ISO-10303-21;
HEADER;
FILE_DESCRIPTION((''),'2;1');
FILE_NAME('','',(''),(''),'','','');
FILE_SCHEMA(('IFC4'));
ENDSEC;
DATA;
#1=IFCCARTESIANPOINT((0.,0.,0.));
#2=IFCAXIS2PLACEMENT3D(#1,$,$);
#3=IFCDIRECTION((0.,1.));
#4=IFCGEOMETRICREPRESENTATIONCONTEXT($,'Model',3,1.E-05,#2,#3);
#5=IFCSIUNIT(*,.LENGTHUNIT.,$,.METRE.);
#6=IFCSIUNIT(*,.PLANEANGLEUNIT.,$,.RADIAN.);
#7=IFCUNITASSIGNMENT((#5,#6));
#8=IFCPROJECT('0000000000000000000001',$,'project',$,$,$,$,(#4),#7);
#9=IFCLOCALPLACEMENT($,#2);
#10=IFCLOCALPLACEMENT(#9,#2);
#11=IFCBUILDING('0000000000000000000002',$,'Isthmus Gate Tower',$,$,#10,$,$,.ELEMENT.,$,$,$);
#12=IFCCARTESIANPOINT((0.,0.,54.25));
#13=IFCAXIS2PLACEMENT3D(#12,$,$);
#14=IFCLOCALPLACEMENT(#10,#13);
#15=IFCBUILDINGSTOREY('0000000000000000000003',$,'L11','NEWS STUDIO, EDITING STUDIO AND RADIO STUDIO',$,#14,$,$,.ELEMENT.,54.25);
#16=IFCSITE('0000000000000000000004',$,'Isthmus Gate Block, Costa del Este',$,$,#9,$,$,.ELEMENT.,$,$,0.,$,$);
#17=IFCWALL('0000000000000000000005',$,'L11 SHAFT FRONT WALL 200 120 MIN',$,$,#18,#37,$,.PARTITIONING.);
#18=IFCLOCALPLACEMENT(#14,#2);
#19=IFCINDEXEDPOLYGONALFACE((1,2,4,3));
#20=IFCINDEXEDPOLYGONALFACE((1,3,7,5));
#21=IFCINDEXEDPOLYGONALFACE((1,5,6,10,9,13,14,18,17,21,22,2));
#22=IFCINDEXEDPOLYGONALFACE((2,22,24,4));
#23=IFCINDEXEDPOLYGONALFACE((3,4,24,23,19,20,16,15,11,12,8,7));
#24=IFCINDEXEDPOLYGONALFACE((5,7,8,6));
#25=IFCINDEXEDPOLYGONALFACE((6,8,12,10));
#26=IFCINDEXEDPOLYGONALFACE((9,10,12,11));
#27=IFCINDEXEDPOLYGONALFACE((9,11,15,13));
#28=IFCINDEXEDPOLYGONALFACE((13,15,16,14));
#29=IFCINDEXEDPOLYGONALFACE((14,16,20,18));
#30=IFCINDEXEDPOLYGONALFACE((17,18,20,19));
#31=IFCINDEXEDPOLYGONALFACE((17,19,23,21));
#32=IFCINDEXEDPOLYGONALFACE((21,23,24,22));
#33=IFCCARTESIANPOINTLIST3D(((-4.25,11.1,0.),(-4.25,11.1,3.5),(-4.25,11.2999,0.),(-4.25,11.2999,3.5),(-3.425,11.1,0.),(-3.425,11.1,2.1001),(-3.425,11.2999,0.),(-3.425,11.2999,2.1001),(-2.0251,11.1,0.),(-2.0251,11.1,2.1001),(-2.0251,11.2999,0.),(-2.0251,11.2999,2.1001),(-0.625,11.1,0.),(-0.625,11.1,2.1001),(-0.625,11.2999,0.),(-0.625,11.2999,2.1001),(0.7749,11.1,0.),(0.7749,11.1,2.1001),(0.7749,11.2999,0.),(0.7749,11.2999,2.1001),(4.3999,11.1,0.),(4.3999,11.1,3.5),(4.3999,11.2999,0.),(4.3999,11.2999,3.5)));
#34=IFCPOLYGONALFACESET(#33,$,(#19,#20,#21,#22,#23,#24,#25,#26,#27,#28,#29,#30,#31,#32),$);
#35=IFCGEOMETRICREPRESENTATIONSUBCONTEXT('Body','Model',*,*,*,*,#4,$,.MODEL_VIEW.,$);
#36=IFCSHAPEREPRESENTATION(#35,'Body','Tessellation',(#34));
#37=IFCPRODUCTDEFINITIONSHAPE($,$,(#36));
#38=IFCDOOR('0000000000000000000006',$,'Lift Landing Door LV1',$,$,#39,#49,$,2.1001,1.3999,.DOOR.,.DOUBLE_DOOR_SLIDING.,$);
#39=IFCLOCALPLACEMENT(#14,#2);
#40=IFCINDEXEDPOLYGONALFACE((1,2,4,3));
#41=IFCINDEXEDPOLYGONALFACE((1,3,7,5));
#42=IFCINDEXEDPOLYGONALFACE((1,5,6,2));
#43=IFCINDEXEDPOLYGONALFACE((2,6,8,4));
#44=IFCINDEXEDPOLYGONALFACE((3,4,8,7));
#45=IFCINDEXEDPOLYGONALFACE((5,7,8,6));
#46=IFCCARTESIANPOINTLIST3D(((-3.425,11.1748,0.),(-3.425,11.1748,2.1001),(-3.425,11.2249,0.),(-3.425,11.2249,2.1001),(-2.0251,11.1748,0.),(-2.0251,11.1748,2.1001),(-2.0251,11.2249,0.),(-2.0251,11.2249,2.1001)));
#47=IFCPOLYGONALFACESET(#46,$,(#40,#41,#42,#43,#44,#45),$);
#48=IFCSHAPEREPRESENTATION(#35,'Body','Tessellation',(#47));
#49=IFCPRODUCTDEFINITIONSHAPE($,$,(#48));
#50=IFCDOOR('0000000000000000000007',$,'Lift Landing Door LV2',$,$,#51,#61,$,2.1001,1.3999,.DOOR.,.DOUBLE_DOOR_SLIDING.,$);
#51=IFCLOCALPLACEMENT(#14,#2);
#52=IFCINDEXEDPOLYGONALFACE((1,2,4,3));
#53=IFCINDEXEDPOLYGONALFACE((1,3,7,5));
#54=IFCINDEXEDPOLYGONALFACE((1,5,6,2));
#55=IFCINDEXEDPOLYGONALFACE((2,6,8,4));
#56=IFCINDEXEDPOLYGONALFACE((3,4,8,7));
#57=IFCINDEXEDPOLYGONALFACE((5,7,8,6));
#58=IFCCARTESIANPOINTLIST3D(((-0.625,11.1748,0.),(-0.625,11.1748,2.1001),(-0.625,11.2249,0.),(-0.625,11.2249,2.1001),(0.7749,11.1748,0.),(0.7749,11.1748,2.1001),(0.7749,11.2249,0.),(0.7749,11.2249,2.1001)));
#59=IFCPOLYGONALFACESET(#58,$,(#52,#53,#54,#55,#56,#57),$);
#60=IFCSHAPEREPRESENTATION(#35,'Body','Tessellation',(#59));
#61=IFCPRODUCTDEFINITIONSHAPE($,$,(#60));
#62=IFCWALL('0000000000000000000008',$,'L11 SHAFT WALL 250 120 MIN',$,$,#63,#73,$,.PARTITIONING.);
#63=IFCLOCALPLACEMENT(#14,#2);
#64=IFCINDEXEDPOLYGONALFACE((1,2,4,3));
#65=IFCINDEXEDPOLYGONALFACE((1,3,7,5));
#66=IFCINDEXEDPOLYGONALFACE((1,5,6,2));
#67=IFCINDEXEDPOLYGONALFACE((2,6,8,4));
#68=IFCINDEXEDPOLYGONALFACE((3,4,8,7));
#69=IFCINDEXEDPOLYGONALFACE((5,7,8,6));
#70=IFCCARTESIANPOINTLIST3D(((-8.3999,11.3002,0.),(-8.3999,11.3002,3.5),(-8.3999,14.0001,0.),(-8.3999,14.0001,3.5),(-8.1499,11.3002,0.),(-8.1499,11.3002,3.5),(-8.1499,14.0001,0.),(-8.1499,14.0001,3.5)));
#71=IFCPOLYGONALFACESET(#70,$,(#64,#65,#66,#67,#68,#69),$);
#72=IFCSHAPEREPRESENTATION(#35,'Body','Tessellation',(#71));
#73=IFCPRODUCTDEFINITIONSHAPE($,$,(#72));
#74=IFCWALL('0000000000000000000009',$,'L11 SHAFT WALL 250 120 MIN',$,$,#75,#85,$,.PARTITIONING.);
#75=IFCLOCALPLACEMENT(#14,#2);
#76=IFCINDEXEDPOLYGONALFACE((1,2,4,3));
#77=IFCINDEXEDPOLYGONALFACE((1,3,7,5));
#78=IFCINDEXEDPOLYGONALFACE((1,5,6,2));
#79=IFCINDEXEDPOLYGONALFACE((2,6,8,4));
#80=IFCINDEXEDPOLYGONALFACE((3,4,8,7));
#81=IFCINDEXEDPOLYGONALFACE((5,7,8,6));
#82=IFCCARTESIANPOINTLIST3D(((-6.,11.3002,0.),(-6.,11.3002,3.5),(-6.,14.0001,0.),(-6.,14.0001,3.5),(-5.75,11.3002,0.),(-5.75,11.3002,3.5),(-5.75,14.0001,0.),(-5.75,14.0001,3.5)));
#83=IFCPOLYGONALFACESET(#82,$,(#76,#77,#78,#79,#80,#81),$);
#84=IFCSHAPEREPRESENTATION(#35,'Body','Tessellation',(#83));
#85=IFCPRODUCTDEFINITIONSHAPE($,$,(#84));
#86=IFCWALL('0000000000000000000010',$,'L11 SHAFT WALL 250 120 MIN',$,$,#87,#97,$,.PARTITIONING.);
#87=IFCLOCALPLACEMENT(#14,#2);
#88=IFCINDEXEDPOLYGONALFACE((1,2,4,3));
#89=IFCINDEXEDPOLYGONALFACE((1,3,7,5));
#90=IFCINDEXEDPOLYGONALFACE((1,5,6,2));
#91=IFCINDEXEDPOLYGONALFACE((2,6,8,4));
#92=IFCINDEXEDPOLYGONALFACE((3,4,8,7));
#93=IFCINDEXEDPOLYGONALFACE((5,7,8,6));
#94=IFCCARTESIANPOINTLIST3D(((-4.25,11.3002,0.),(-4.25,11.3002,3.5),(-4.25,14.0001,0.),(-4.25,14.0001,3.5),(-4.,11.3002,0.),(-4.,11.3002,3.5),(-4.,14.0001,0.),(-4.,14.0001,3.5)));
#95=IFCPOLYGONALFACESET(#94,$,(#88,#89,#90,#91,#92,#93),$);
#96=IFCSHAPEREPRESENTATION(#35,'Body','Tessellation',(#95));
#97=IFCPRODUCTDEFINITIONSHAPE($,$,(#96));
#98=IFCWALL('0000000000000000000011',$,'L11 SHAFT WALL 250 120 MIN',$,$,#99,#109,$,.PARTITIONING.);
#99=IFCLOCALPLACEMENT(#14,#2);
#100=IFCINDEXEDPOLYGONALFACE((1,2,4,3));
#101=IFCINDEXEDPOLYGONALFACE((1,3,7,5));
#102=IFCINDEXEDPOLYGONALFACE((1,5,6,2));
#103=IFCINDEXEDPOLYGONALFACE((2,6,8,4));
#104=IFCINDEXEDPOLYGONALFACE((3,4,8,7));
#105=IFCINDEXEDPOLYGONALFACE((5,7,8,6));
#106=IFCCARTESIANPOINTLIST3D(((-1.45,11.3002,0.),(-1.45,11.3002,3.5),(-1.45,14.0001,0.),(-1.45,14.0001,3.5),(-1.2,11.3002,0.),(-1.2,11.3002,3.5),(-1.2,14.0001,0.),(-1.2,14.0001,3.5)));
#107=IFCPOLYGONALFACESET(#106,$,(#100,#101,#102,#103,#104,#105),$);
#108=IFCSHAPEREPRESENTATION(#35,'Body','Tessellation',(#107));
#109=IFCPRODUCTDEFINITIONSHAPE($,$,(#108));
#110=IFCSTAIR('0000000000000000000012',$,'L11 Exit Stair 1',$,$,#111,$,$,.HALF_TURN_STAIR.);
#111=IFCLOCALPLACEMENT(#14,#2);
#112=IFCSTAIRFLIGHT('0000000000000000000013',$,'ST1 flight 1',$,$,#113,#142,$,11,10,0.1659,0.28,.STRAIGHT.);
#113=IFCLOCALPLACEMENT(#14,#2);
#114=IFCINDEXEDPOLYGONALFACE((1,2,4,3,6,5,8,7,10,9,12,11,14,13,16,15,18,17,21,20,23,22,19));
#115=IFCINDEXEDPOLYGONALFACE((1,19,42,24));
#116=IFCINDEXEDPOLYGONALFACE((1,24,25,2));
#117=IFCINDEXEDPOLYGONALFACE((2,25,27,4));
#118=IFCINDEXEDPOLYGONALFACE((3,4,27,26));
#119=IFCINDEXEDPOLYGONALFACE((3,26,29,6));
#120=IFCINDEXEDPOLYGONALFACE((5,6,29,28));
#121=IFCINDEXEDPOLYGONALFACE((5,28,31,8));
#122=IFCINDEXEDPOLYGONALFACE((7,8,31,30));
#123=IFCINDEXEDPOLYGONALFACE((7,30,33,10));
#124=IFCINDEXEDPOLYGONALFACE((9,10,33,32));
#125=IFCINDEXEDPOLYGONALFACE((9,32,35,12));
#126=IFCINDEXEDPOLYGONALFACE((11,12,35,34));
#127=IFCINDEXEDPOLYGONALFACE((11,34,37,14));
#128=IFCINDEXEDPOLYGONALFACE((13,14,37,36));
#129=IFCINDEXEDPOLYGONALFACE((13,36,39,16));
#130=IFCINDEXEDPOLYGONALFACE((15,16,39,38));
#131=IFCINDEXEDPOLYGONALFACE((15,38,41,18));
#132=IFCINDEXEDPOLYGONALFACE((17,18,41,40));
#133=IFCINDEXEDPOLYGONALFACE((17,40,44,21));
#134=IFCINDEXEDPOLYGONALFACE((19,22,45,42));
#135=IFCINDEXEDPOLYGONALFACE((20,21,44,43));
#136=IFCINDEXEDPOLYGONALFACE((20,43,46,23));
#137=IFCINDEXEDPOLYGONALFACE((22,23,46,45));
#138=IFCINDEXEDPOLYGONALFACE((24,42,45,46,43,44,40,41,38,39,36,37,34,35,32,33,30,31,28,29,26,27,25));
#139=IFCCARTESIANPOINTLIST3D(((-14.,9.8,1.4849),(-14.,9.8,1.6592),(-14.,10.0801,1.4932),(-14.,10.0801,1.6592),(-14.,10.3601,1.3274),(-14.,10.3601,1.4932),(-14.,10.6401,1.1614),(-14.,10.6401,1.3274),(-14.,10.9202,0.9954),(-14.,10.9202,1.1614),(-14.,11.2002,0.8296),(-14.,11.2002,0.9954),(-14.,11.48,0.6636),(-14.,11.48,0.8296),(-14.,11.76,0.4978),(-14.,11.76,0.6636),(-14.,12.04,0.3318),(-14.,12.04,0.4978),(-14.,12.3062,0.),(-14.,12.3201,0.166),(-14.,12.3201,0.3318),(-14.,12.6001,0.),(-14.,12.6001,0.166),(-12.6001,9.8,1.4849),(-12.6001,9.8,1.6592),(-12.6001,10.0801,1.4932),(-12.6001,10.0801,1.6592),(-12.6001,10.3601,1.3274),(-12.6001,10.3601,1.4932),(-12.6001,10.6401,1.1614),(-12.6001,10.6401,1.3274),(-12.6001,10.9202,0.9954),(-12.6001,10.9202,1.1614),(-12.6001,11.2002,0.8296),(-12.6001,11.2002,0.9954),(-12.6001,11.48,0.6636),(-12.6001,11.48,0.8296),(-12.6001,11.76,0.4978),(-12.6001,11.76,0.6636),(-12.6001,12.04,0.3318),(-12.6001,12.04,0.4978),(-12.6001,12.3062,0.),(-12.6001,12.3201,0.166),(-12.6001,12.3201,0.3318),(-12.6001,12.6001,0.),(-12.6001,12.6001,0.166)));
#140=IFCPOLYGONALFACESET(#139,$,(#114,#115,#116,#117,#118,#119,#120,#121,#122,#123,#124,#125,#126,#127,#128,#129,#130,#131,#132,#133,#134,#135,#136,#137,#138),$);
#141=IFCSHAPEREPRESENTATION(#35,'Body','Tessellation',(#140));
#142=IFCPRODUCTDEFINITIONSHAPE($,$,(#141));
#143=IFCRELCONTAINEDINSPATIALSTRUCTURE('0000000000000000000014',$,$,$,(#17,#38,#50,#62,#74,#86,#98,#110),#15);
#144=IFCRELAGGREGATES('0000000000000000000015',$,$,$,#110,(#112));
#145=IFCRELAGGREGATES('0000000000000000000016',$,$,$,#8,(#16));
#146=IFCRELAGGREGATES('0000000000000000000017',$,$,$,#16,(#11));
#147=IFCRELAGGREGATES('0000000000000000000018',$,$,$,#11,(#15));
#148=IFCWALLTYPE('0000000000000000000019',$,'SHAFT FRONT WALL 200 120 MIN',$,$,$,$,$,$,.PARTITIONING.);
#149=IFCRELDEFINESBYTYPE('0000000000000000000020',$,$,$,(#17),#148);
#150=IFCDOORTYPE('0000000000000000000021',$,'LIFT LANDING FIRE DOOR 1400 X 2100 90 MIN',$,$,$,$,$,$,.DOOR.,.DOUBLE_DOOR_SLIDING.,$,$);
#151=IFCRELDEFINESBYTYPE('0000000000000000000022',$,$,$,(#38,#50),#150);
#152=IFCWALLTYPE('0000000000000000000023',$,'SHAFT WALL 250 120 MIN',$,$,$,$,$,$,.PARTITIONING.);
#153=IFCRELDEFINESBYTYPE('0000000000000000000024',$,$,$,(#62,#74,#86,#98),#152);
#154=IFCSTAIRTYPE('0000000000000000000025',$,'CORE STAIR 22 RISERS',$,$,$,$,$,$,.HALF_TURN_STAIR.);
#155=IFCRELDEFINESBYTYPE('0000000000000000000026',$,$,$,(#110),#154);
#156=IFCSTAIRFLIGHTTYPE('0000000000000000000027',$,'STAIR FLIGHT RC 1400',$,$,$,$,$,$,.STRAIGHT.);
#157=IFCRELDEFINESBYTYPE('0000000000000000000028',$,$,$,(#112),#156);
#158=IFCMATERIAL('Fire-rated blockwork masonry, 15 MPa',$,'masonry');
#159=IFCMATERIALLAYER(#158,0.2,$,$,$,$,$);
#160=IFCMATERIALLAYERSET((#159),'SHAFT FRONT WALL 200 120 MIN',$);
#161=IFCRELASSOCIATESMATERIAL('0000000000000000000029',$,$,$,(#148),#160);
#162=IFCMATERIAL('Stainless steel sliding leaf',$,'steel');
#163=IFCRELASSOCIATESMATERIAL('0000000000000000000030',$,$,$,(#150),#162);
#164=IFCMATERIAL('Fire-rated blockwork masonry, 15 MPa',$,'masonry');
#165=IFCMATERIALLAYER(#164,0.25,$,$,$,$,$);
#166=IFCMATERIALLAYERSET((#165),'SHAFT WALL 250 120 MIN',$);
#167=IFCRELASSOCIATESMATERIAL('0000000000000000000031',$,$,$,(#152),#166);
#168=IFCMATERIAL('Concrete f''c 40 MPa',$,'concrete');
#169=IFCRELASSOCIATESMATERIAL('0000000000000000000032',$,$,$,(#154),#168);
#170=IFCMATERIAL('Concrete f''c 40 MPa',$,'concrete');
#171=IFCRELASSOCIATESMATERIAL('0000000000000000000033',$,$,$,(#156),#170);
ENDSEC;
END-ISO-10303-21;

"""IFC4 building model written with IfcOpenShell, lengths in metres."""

from ifc_helpers import new_model, si_unit, direction, frame, frame_2d, origin, place, context, subcontext, project, spatial, polyline, rectangle, outline, extrude, material, layer, layer_set, type_object, element, fill, aggregate, save


model = new_model("IFC4")

# Units and contexts
model_context = context("Model", 3, precision=1e-05, world=origin(), true_north=direction((0.0, 1.0)))
body_context = subcontext(model_context, "Body", "Model", "MODEL_VIEW")
ifc_project = project(units=[si_unit("LENGTHUNIT", "METRE"), si_unit("PLANEANGLEUNIT", "RADIAN")], contexts=[model_context])

# Site, building, storey
site_placement = place(None, origin())
site = spatial("IfcSite", under=ifc_project, at=site_placement, Name="Isthmus Gate Block, Costa del Este", CompositionType="ELEMENT", RefElevation=0.0)
building_placement = place(site_placement, origin())
building = spatial("IfcBuilding", under=site, at=building_placement, Name="Isthmus Gate Tower", CompositionType="ELEMENT")
storey_placement = place(building_placement, frame((0.0, 0.0, 54.25)))
storey = spatial("IfcBuildingStorey", under=building, at=storey_placement, Name="L11", Description="NEWS STUDIO, EDITING STUDIO AND RADIO STUDIO", CompositionType="ELEMENT", Elevation=54.25)

# Wall, openings, doors
ifc_material_1 = material(Name="Fire-rated blockwork masonry, 15 MPa", Category="masonry")
ifc_layer_1 = layer(ifc_material_1, 0.2)
ifc_layer_set_1 = layer_set([ifc_layer_1], Name="SHAFT FRONT WALL 200 120 MIN")
wall_type_1 = type_object("IfcWallType", Name="SHAFT FRONT WALL 200 120 MIN", PredefinedType="PARTITIONING", material=ifc_layer_set_1)
wall_1_placement = place(storey_placement, frame((-4.25, 11.2, 0.0), z_axis=(0.0, 0.0, 1.0), x_axis=(1.0, 0.0, 0.0)))
wall_1 = element("IfcWall", 1, at=wall_1_placement, inside=storey, type_object=wall_type_1, Name="L11 SHAFT FRONT WALL 200 120 MIN", PredefinedType="PARTITIONING", context=body_context, shape_type="SweptSolid", body=[
    extrude(rectangle(XDim=8.6499, YDim=0.2, at=frame_2d((4.325, 0.0))), origin(), (0.0, 0.0, 1.0), 3.5),
])
opening_1_placement = place(wall_1_placement, frame((0.825, 0.0, 0.0)))
opening_1 = element("IfcOpeningElement", 2, at=opening_1_placement, cuts=wall_1, PredefinedType="OPENING", context=body_context, shape_type="SweptSolid", body=[
    extrude(rectangle(XDim=1.3999, YDim=2.1001, at=frame_2d((0.7, 1.05))), frame((0.0, 0.1099, 0.0), z_axis=(0.0, -1.0, 0.0), x_axis=(1.0, 0.0, 0.0)), (0.0, 0.0, 1.0), 0.22),
])
opening_2_placement = place(wall_1_placement, frame((3.625, 0.0, 0.0)))
opening_2 = element("IfcOpeningElement", 3, at=opening_2_placement, cuts=wall_1, PredefinedType="OPENING", context=body_context, shape_type="SweptSolid", body=[
    extrude(rectangle(XDim=1.3999, YDim=2.1001, at=frame_2d((0.7, 1.05))), frame((0.0, 0.1099, 0.0), z_axis=(0.0, -1.0, 0.0), x_axis=(1.0, 0.0, 0.0)), (0.0, 0.0, 1.0), 0.22),
])
ifc_material_2 = material(Name="Stainless steel sliding leaf", Category="steel")
door_type_1 = type_object("IfcDoorType", Name="LIFT LANDING FIRE DOOR 1400 X 2100 90 MIN", OperationType="DOUBLE_DOOR_SLIDING", PredefinedType="DOOR", material=ifc_material_2)
door_1_placement = place(opening_1_placement, origin())
door_1 = element("IfcDoor", 4, at=door_1_placement, inside=storey, type_object=door_type_1, Name="Lift Landing Door LV1", OperationType="DOUBLE_DOOR_SLIDING", OverallHeight=2.1001, OverallWidth=1.3999, PredefinedType="DOOR", context=body_context, shape_type="SweptSolid", body=[
    extrude(rectangle(XDim=1.3999, YDim=2.1001, at=frame_2d((0.7, 1.05))), frame((0.0, 0.0249, 0.0), z_axis=(0.0, -1.0, 0.0), x_axis=(1.0, 0.0, 0.0)), (0.0, 0.0, 1.0), 0.05),
])
fill(opening_1, door_1)
door_2_placement = place(opening_2_placement, origin())
door_2 = element("IfcDoor", 5, at=door_2_placement, inside=storey, type_object=door_type_1, Name="Lift Landing Door LV2", OperationType="DOUBLE_DOOR_SLIDING", OverallHeight=2.1001, OverallWidth=1.3999, PredefinedType="DOOR", context=body_context, shape_type="SweptSolid", body=[
    extrude(rectangle(XDim=1.3999, YDim=2.1001, at=frame_2d((0.7, 1.05))), frame((0.0, 0.0249, 0.0), z_axis=(0.0, -1.0, 0.0), x_axis=(1.0, 0.0, 0.0)), (0.0, 0.0, 1.0), 0.05),
])
fill(opening_2, door_2)

# Walls
ifc_material_3 = material(Name="Fire-rated blockwork masonry, 15 MPa", Category="masonry")
ifc_layer_2 = layer(ifc_material_3, 0.25)
ifc_layer_set_2 = layer_set([ifc_layer_2], Name="SHAFT WALL 250 120 MIN")
wall_type_2 = type_object("IfcWallType", Name="SHAFT WALL 250 120 MIN", PredefinedType="PARTITIONING", material=ifc_layer_set_2)
for number, where, z_axis, x_axis, name in (
    (6, (-8.2749, 11.3, 0.0), (0.0, 0.0, 1.0), (0.0, 1.0, 0.0), "L11 SHAFT WALL 250 120 MIN"),
    (7, (-5.875, 11.3, 0.0), (0.0, 0.0, 1.0), (0.0, 1.0, 0.0), "L11 SHAFT WALL 250 120 MIN"),
    (8, (-4.125, 11.3, 0.0), (0.0, 0.0, 1.0), (0.0, 1.0, 0.0), "L11 SHAFT WALL 250 120 MIN"),
    (9, (-1.325, 11.3, 0.0), (0.0, 0.0, 1.0), (0.0, 1.0, 0.0), "L11 SHAFT WALL 250 120 MIN"),
):
    element("IfcWall", number, at=place(storey_placement, frame(where, z_axis=z_axis, x_axis=x_axis)), inside=storey, type_object=wall_type_2, Name=name, PredefinedType="PARTITIONING", context=body_context, shape_type="SweptSolid", body=[
        extrude(rectangle(XDim=2.7, YDim=0.25, at=frame_2d((1.3501, 0.0))), origin(), (0.0, 0.0, 1.0), 3.5),
    ])

# Stair, stair flight
ifc_material_4 = material(Name="Concrete f'c 40 MPa", Category="concrete")
stair_type = type_object("IfcStairType", Name="CORE STAIR 22 RISERS", PredefinedType="HALF_TURN_STAIR", material=ifc_material_4)
stair_placement = place(storey_placement, origin())
stair = element("IfcStair", 10, at=stair_placement, inside=storey, type_object=stair_type, Name="L11 Exit Stair 1", PredefinedType="HALF_TURN_STAIR")
ifc_material_5 = material(Name="Concrete f'c 40 MPa", Category="concrete")
stair_flight_type = type_object("IfcStairFlightType", Name="STAIR FLIGHT RC 1400", PredefinedType="STRAIGHT", material=ifc_material_5)
stair_flight_placement = place(storey_placement, frame((-13.3, 12.6001, 0.0), z_axis=(0.0, 0.0, 1.0), x_axis=(0.0, -1.0, 0.0)))
stair_flight = element("IfcStairFlight", 11, at=stair_flight_placement, type_object=stair_flight_type, Name="ST1 flight 1", NumberOfRisers=11, NumberOfTreads=10, PredefinedType="STRAIGHT", RiserHeight=0.1659, TreadLength=0.28, context=body_context, shape_type="SweptSolid", body=[
    extrude(outline(polyline([(0.0, 0.0), (0.0, 0.166), (0.28, 0.166), (0.28, 0.3318), (0.5601, 0.3318), (0.5601, 0.4978), (0.8401, 0.4978), (0.8401, 0.6636), (1.1201, 0.6636), (1.1201, 0.8296), (1.3999, 0.8296), (1.3999, 0.9954), (1.6799, 0.9954), (1.6799, 1.1614), (1.96, 1.1614), (1.96, 1.3274), (2.24, 1.3274), (2.24, 1.4932), (2.52, 1.4932), (2.52, 1.6592), (2.8, 1.6592), (2.8, 1.825), (2.8, 1.4849), (0.2939, 0.0), (0.0, 0.0)])), frame((0.0, 0.7, 0.0), z_axis=(0.0, -1.0, 0.0), x_axis=(1.0, 0.0, 0.0)), (0.0, 0.0, 1.0), 1.3999),
])
aggregate(stair, [stair_flight])

save(model, "model.ifc")
